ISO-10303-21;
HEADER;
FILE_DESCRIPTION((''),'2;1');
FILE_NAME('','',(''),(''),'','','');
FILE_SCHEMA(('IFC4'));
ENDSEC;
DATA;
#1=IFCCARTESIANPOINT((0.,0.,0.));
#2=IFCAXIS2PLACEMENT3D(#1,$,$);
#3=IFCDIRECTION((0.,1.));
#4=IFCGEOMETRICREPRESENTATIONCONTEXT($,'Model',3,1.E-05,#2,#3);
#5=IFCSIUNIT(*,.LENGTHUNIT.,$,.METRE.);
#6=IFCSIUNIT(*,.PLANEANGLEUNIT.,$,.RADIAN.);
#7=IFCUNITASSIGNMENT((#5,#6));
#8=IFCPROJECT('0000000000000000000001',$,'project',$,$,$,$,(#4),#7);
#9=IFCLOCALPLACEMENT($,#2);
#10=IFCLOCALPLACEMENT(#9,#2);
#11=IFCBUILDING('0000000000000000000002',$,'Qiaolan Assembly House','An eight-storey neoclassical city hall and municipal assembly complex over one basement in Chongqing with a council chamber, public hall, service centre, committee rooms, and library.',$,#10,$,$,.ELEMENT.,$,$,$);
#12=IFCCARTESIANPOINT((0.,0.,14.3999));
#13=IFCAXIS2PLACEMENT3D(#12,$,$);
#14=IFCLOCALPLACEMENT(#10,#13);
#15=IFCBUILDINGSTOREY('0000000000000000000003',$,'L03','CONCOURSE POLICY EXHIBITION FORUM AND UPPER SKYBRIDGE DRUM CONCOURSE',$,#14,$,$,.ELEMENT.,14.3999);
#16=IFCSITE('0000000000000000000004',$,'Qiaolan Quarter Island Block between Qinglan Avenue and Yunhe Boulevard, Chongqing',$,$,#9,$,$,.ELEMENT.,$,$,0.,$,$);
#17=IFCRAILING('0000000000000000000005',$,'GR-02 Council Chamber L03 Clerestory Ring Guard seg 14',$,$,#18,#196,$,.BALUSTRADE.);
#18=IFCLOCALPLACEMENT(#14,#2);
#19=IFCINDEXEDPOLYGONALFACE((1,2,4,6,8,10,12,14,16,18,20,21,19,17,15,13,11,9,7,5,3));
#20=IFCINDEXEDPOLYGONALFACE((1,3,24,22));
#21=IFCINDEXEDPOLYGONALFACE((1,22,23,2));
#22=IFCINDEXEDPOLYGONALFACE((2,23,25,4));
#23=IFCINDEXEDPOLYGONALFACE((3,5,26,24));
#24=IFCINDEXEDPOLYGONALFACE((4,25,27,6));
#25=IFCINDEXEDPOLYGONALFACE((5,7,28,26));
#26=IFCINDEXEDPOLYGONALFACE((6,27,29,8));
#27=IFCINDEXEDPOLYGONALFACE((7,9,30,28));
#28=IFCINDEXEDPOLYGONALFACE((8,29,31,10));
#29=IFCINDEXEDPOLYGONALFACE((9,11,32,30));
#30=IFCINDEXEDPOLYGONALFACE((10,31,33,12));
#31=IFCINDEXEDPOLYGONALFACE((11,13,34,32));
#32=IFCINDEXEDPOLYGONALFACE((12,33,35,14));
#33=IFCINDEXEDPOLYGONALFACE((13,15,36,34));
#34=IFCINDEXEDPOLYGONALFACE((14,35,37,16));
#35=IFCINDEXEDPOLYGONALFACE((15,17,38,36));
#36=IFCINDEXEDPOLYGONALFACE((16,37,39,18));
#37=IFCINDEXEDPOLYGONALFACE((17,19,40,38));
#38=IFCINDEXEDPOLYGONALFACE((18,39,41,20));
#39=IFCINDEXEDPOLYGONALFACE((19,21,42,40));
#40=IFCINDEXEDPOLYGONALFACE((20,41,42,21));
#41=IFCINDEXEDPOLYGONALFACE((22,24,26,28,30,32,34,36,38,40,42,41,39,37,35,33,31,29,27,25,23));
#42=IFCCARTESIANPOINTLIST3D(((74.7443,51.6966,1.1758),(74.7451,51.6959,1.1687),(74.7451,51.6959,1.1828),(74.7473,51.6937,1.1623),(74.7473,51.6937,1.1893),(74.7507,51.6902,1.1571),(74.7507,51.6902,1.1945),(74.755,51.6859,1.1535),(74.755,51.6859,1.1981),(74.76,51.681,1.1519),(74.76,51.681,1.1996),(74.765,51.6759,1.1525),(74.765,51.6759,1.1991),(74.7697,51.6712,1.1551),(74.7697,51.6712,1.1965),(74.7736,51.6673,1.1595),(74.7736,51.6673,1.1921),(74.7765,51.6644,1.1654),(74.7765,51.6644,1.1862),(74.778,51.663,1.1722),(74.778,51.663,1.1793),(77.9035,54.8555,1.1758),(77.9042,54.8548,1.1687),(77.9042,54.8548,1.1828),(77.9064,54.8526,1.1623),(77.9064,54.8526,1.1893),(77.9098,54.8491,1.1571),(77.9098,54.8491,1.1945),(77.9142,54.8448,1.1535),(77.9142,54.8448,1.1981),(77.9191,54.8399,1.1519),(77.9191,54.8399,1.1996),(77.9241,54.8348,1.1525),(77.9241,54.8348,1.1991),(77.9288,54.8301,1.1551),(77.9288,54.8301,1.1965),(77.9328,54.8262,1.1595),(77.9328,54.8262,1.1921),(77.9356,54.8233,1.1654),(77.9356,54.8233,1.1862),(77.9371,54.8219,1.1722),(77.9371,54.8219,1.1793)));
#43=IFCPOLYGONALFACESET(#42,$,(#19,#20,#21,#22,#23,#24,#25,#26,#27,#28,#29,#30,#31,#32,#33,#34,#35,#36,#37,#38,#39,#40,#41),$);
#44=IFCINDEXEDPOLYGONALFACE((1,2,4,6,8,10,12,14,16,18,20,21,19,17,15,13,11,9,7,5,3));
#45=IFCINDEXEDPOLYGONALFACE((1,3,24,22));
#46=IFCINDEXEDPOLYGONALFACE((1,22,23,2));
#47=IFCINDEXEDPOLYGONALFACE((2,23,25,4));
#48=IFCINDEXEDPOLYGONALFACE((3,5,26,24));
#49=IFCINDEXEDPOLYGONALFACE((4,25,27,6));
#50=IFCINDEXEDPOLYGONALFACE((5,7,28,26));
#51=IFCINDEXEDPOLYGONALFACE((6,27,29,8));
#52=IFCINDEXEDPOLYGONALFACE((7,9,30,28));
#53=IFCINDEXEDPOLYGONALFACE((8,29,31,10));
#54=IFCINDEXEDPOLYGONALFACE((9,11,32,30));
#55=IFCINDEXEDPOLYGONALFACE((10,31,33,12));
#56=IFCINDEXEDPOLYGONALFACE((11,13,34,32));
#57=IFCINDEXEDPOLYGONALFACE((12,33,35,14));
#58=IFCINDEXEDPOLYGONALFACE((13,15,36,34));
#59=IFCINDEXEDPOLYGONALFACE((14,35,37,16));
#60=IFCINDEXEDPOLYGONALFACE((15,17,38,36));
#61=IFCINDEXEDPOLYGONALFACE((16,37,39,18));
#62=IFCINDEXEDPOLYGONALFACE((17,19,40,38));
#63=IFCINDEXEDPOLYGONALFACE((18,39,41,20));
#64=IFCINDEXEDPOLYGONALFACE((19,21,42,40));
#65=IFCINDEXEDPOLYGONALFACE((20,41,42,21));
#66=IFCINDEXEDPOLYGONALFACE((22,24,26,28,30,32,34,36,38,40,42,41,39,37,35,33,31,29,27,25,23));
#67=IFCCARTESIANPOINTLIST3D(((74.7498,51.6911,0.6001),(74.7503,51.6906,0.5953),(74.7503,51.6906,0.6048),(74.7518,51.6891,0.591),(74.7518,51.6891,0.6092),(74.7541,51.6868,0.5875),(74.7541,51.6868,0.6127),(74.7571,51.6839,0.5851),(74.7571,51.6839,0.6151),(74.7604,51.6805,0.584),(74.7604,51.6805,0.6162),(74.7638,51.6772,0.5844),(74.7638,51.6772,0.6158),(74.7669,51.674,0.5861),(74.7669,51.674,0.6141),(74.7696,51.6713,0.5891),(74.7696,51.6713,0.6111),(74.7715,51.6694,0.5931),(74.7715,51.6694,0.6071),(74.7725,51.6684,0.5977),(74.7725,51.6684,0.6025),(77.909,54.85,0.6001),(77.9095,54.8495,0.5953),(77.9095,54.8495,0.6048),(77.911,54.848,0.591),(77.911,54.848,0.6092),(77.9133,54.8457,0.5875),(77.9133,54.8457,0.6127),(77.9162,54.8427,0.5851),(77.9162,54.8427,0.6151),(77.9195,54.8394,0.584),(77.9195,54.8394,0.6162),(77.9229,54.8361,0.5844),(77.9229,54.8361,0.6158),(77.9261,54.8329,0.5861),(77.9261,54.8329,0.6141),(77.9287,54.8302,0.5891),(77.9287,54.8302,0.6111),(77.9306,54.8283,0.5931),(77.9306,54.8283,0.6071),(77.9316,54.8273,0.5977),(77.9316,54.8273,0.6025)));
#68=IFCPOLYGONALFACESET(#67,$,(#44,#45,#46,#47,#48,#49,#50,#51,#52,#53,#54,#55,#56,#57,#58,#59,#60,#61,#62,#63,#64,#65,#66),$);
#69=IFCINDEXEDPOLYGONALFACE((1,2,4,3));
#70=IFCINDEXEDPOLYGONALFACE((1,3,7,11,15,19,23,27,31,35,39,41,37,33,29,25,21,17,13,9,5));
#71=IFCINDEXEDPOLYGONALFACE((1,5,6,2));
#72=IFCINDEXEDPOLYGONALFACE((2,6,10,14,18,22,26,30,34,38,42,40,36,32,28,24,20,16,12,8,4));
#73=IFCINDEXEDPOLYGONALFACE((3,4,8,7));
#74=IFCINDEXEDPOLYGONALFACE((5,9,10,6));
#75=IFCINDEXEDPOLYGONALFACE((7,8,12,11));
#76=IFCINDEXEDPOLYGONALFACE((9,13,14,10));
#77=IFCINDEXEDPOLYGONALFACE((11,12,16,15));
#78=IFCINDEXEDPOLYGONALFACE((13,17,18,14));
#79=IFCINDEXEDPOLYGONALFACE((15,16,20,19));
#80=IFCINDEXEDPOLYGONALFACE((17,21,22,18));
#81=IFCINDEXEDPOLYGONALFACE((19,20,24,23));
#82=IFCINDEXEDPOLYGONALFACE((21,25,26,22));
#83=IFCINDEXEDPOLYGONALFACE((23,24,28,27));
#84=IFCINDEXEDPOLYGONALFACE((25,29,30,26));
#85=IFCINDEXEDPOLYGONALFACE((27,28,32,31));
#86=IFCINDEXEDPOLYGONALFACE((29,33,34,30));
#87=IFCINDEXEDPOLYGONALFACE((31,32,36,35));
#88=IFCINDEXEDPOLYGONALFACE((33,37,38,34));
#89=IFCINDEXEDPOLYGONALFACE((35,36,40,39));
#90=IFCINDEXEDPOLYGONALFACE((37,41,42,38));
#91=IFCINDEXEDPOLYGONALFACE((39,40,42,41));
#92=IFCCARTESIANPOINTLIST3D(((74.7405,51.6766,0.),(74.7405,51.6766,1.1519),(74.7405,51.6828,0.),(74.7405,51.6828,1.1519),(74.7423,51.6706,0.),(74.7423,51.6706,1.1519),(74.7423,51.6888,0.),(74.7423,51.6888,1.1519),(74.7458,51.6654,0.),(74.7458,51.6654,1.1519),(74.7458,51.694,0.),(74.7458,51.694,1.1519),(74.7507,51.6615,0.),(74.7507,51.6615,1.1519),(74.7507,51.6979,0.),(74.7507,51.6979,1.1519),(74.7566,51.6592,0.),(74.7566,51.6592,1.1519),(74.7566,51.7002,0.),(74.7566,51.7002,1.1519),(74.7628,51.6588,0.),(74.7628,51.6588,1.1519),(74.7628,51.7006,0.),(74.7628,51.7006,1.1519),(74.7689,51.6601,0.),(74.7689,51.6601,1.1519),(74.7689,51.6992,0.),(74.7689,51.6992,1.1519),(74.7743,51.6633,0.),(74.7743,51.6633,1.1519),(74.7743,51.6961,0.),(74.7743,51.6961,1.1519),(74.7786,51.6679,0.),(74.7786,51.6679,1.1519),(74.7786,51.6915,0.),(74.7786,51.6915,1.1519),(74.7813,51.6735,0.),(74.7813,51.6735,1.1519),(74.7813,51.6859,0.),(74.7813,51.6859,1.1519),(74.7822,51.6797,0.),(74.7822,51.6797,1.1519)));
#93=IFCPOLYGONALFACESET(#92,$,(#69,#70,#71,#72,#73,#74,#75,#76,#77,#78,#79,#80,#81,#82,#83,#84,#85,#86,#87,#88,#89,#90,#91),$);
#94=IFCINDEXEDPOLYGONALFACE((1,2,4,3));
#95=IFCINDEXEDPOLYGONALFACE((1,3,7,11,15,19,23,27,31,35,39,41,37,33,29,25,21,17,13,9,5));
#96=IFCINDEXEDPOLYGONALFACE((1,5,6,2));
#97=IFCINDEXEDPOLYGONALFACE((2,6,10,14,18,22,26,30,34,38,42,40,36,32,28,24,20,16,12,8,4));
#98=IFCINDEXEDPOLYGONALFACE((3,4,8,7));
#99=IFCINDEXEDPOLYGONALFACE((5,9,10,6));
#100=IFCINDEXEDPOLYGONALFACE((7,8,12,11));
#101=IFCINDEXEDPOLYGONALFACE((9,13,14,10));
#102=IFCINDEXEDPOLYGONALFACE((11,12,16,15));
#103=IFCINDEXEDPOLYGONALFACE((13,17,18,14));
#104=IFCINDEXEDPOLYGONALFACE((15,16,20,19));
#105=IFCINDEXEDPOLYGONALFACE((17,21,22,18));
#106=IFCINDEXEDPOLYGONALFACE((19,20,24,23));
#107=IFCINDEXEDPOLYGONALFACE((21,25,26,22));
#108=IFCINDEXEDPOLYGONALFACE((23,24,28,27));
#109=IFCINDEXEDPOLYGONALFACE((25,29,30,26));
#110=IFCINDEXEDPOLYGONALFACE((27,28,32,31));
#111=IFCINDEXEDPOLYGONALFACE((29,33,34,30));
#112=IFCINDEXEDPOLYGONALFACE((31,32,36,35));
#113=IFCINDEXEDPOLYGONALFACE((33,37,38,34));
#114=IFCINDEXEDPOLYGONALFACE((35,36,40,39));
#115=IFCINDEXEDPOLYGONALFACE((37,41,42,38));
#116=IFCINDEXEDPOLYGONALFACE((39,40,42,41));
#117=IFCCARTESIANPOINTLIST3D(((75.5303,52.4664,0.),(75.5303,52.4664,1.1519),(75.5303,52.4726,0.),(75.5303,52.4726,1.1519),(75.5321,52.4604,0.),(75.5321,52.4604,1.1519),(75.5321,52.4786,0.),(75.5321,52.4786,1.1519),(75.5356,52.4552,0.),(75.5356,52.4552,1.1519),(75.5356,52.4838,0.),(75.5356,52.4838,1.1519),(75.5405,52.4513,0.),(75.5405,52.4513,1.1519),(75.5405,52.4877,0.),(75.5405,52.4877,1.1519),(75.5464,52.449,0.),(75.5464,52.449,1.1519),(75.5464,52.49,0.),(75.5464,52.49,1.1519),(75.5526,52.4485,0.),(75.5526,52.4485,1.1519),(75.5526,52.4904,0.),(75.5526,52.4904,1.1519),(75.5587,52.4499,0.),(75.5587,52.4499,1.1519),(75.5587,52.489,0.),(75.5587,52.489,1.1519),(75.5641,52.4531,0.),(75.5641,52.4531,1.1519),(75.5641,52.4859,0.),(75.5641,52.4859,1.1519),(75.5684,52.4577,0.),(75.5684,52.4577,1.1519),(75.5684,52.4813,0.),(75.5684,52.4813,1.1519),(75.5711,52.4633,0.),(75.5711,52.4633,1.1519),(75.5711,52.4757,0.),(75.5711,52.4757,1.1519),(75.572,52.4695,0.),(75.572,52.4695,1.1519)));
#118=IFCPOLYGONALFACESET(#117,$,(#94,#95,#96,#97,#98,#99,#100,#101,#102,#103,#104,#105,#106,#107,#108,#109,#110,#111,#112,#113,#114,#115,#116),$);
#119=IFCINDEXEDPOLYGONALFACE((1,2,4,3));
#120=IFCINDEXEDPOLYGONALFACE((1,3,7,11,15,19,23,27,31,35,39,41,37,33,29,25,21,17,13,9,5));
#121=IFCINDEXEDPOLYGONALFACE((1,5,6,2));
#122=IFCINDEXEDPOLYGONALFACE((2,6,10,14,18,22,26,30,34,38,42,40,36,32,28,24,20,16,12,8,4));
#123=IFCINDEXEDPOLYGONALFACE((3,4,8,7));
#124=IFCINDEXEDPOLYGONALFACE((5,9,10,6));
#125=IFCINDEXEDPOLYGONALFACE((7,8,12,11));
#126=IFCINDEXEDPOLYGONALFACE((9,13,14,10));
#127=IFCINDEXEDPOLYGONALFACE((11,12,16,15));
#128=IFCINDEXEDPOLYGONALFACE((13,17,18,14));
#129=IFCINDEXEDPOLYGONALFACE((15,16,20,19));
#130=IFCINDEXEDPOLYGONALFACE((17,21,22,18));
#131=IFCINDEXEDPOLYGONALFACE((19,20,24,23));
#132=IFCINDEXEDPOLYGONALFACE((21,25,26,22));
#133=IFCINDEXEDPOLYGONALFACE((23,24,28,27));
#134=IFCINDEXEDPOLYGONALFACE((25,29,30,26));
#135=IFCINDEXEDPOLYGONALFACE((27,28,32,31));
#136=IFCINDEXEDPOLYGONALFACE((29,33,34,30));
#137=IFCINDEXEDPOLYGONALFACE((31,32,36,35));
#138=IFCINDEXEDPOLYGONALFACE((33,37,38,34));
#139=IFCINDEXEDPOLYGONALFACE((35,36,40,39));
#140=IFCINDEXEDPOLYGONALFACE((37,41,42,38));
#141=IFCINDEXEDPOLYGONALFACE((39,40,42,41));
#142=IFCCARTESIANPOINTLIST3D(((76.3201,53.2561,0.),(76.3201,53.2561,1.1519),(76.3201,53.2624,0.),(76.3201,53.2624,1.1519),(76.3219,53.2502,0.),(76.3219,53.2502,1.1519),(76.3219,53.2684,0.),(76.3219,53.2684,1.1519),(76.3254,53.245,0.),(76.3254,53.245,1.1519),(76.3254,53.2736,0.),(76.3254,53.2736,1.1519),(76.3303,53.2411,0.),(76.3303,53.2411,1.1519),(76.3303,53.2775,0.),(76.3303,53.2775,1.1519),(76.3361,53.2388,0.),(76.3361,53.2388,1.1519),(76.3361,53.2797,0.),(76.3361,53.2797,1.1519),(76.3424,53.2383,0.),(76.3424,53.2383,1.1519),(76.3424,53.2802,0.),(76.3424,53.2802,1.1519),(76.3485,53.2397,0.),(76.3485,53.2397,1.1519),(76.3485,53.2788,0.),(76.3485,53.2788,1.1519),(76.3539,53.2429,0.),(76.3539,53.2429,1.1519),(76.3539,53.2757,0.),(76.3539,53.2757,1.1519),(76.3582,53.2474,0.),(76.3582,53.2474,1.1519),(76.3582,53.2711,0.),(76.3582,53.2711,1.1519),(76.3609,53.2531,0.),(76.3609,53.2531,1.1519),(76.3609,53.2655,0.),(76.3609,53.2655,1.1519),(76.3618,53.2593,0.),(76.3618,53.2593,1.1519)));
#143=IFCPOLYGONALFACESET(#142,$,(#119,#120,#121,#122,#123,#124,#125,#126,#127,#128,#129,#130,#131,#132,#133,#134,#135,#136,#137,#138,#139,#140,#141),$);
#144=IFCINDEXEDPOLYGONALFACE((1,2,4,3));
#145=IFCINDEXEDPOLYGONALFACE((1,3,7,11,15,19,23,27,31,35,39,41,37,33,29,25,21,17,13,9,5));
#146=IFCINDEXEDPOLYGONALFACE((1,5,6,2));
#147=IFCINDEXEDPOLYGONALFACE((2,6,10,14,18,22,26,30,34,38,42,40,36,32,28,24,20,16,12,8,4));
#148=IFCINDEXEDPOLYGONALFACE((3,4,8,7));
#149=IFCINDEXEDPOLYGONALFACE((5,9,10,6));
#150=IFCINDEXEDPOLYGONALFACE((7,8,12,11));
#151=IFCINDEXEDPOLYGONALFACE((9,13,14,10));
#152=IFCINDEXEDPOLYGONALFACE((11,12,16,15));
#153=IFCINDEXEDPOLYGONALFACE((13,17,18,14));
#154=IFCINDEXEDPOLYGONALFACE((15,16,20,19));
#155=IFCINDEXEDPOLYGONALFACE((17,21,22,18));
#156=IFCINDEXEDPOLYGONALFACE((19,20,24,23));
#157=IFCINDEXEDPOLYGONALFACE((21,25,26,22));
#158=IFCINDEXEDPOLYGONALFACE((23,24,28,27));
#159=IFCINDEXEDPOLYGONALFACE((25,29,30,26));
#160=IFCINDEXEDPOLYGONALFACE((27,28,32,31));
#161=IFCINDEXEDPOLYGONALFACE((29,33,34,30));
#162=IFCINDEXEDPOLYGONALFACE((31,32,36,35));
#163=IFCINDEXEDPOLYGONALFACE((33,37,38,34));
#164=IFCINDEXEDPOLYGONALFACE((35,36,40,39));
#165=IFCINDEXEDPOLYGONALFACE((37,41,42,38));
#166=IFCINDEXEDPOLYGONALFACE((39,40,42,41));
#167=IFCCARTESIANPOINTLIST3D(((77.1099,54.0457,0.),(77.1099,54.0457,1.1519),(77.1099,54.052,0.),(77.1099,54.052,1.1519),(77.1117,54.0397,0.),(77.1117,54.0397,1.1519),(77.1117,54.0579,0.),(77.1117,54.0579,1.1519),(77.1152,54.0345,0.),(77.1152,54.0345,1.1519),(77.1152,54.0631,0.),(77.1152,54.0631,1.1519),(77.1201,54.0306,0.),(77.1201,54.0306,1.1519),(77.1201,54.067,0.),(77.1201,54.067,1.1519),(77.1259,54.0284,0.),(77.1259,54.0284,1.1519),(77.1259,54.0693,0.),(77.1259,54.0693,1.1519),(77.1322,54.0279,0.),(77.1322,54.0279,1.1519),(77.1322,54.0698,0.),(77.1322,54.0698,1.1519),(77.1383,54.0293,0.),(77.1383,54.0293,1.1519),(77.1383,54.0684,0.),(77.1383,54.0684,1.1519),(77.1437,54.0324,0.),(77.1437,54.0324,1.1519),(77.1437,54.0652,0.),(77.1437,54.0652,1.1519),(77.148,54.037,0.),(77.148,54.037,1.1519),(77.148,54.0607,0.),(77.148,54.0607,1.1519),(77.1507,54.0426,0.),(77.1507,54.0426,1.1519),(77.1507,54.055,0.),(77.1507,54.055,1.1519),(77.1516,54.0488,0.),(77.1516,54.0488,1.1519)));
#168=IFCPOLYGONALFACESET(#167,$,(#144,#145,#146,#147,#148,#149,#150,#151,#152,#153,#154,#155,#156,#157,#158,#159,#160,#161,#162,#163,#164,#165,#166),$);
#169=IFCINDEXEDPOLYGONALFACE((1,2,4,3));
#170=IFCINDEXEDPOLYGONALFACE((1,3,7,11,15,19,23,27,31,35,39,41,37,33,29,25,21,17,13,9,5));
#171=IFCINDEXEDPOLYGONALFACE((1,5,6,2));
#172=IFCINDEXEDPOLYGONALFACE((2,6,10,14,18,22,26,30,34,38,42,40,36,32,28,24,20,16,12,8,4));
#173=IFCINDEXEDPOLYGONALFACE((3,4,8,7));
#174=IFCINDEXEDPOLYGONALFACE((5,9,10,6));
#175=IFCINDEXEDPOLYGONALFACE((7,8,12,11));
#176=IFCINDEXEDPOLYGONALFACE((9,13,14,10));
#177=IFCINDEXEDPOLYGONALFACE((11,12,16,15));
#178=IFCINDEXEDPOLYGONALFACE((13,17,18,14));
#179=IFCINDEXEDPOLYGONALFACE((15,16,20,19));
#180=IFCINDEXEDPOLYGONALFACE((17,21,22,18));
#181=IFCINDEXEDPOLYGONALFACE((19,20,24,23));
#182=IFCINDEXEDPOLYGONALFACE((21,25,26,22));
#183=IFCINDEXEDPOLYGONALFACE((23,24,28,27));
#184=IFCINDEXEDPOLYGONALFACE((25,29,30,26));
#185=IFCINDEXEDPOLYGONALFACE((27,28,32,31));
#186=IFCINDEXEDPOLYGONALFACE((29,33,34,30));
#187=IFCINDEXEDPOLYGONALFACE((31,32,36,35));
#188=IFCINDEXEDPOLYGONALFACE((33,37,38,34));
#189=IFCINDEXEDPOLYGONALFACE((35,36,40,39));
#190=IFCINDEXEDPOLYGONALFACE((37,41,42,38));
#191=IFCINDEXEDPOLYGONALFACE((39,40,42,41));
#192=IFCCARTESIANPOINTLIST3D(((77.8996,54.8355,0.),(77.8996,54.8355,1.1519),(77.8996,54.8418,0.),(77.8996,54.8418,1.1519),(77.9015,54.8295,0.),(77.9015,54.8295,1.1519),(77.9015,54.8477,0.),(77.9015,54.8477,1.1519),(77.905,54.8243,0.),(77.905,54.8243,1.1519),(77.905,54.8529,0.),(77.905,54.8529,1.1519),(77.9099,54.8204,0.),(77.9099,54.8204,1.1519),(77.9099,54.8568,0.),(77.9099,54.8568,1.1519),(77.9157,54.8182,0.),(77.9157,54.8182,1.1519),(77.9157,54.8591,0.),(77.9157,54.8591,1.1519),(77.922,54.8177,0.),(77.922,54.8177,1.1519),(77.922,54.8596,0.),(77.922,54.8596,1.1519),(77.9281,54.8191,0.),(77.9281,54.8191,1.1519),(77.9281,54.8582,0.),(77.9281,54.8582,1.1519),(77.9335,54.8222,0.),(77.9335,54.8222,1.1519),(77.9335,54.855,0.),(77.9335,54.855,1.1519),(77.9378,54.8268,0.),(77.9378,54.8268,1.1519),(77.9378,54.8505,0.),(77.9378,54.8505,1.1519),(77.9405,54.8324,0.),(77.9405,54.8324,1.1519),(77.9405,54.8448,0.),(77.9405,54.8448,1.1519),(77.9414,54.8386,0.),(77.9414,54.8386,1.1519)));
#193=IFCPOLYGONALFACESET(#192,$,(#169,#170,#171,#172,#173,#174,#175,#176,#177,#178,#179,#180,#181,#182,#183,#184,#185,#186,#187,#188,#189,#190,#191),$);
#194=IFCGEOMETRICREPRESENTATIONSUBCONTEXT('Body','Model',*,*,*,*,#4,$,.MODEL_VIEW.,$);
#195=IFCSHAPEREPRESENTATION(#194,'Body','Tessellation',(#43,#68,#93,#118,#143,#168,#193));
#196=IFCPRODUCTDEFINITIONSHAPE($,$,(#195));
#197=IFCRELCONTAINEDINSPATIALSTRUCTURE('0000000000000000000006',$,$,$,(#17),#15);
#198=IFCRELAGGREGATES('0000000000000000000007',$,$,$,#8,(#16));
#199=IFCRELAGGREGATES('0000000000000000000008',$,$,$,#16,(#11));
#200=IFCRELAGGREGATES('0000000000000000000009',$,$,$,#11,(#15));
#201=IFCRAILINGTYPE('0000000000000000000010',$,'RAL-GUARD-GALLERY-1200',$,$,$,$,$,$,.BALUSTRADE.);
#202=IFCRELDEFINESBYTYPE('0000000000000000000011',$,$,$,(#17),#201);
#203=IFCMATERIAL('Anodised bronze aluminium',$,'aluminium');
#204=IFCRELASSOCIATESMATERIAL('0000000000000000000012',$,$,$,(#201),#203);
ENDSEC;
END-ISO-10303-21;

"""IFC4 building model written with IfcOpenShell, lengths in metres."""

from ifc_helpers import new_model, si_unit, direction, frame, origin, origin_2d, place, context, subcontext, project, spatial, circle, extrude, material, type_object, element, save


model = new_model("IFC4")

# Units and contexts
model_context = context("Model", 3, precision=1e-05, world=origin(), true_north=direction((0.0, 1.0)))
body_context = subcontext(model_context, "Body", "Model", "MODEL_VIEW")
ifc_project = project(units=[si_unit("LENGTHUNIT", "METRE"), si_unit("PLANEANGLEUNIT", "RADIAN")], contexts=[model_context])

# Site, building, storey
site_placement = place(None, origin())
site = spatial("IfcSite", under=ifc_project, at=site_placement, Name="Qiaolan Quarter Island Block between Qinglan Avenue and Yunhe Boulevard, Chongqing", CompositionType="ELEMENT", RefElevation=0.0)
building_placement = place(site_placement, origin())
building = spatial("IfcBuilding", under=site, at=building_placement, Name="Qiaolan Assembly House", Description="An eight-storey neoclassical city hall and municipal assembly complex over one basement in Chongqing with a council chamber, public hall, service centre, committee rooms, and library.", CompositionType="ELEMENT")
storey_placement = place(building_placement, frame((0.0, 0.0, 14.3999)))
storey = spatial("IfcBuildingStorey", under=building, at=storey_placement, Name="L03", Description="CONCOURSE POLICY EXHIBITION FORUM AND UPPER SKYBRIDGE DRUM CONCOURSE", CompositionType="ELEMENT", Elevation=14.3999)

# Shared definitions
ifc_material_1 = material(Name="Anodised bronze aluminium", Category="aluminium")

# Railing
railing_type = type_object("IfcRailingType", Name="RAL-GUARD-GALLERY-1200", PredefinedType="BALUSTRADE", material=ifc_material_1)
railing_1_placement = place(storey_placement, frame((74.7612, 51.6797, 0.0)))
element("IfcRailing", 1, at=railing_1_placement, inside=storey, type_object=railing_type, Name="GR-02 Council Chamber L03 Clerestory Ring Guard seg 14", PredefinedType="BALUSTRADE", context=body_context, shape_type="SweptSolid", body=[
    extrude(circle(Radius=0.0239, at=origin_2d()), frame((0.0, 0.0, 1.1758), z_axis=(0.707134, 0.707079, 0.0), x_axis=(-0.707079, 0.707134, 0.0)), (0.0, 0.0, 1.0), 4.4675),
    extrude(circle(Radius=0.0161, at=origin_2d()), frame((0.0, 0.0, 0.6001), z_axis=(0.707134, 0.707079, 0.0), x_axis=(-0.707079, 0.707134, 0.0)), (0.0, 0.0, 1.0), 4.4675),
    extrude(circle(Radius=0.021, at=origin_2d()), origin(), (0.0, 0.0, 1.0), 1.1519),
    extrude(circle(Radius=0.021, at=origin_2d()), frame((0.7898, 0.7898, 0.0)), (0.0, 0.0, 1.0), 1.1519),
    extrude(circle(Radius=0.021, at=origin_2d()), frame((1.5796, 1.5796, 0.0)), (0.0, 0.0, 1.0), 1.1519),
    extrude(circle(Radius=0.021, at=origin_2d()), frame((2.3694, 2.3691, 0.0)), (0.0, 0.0, 1.0), 1.1519),
    extrude(circle(Radius=0.021, at=origin_2d()), frame((3.1592, 3.1589, 0.0)), (0.0, 0.0, 1.0), 1.1519),
])

save(model, "model.ifc")
